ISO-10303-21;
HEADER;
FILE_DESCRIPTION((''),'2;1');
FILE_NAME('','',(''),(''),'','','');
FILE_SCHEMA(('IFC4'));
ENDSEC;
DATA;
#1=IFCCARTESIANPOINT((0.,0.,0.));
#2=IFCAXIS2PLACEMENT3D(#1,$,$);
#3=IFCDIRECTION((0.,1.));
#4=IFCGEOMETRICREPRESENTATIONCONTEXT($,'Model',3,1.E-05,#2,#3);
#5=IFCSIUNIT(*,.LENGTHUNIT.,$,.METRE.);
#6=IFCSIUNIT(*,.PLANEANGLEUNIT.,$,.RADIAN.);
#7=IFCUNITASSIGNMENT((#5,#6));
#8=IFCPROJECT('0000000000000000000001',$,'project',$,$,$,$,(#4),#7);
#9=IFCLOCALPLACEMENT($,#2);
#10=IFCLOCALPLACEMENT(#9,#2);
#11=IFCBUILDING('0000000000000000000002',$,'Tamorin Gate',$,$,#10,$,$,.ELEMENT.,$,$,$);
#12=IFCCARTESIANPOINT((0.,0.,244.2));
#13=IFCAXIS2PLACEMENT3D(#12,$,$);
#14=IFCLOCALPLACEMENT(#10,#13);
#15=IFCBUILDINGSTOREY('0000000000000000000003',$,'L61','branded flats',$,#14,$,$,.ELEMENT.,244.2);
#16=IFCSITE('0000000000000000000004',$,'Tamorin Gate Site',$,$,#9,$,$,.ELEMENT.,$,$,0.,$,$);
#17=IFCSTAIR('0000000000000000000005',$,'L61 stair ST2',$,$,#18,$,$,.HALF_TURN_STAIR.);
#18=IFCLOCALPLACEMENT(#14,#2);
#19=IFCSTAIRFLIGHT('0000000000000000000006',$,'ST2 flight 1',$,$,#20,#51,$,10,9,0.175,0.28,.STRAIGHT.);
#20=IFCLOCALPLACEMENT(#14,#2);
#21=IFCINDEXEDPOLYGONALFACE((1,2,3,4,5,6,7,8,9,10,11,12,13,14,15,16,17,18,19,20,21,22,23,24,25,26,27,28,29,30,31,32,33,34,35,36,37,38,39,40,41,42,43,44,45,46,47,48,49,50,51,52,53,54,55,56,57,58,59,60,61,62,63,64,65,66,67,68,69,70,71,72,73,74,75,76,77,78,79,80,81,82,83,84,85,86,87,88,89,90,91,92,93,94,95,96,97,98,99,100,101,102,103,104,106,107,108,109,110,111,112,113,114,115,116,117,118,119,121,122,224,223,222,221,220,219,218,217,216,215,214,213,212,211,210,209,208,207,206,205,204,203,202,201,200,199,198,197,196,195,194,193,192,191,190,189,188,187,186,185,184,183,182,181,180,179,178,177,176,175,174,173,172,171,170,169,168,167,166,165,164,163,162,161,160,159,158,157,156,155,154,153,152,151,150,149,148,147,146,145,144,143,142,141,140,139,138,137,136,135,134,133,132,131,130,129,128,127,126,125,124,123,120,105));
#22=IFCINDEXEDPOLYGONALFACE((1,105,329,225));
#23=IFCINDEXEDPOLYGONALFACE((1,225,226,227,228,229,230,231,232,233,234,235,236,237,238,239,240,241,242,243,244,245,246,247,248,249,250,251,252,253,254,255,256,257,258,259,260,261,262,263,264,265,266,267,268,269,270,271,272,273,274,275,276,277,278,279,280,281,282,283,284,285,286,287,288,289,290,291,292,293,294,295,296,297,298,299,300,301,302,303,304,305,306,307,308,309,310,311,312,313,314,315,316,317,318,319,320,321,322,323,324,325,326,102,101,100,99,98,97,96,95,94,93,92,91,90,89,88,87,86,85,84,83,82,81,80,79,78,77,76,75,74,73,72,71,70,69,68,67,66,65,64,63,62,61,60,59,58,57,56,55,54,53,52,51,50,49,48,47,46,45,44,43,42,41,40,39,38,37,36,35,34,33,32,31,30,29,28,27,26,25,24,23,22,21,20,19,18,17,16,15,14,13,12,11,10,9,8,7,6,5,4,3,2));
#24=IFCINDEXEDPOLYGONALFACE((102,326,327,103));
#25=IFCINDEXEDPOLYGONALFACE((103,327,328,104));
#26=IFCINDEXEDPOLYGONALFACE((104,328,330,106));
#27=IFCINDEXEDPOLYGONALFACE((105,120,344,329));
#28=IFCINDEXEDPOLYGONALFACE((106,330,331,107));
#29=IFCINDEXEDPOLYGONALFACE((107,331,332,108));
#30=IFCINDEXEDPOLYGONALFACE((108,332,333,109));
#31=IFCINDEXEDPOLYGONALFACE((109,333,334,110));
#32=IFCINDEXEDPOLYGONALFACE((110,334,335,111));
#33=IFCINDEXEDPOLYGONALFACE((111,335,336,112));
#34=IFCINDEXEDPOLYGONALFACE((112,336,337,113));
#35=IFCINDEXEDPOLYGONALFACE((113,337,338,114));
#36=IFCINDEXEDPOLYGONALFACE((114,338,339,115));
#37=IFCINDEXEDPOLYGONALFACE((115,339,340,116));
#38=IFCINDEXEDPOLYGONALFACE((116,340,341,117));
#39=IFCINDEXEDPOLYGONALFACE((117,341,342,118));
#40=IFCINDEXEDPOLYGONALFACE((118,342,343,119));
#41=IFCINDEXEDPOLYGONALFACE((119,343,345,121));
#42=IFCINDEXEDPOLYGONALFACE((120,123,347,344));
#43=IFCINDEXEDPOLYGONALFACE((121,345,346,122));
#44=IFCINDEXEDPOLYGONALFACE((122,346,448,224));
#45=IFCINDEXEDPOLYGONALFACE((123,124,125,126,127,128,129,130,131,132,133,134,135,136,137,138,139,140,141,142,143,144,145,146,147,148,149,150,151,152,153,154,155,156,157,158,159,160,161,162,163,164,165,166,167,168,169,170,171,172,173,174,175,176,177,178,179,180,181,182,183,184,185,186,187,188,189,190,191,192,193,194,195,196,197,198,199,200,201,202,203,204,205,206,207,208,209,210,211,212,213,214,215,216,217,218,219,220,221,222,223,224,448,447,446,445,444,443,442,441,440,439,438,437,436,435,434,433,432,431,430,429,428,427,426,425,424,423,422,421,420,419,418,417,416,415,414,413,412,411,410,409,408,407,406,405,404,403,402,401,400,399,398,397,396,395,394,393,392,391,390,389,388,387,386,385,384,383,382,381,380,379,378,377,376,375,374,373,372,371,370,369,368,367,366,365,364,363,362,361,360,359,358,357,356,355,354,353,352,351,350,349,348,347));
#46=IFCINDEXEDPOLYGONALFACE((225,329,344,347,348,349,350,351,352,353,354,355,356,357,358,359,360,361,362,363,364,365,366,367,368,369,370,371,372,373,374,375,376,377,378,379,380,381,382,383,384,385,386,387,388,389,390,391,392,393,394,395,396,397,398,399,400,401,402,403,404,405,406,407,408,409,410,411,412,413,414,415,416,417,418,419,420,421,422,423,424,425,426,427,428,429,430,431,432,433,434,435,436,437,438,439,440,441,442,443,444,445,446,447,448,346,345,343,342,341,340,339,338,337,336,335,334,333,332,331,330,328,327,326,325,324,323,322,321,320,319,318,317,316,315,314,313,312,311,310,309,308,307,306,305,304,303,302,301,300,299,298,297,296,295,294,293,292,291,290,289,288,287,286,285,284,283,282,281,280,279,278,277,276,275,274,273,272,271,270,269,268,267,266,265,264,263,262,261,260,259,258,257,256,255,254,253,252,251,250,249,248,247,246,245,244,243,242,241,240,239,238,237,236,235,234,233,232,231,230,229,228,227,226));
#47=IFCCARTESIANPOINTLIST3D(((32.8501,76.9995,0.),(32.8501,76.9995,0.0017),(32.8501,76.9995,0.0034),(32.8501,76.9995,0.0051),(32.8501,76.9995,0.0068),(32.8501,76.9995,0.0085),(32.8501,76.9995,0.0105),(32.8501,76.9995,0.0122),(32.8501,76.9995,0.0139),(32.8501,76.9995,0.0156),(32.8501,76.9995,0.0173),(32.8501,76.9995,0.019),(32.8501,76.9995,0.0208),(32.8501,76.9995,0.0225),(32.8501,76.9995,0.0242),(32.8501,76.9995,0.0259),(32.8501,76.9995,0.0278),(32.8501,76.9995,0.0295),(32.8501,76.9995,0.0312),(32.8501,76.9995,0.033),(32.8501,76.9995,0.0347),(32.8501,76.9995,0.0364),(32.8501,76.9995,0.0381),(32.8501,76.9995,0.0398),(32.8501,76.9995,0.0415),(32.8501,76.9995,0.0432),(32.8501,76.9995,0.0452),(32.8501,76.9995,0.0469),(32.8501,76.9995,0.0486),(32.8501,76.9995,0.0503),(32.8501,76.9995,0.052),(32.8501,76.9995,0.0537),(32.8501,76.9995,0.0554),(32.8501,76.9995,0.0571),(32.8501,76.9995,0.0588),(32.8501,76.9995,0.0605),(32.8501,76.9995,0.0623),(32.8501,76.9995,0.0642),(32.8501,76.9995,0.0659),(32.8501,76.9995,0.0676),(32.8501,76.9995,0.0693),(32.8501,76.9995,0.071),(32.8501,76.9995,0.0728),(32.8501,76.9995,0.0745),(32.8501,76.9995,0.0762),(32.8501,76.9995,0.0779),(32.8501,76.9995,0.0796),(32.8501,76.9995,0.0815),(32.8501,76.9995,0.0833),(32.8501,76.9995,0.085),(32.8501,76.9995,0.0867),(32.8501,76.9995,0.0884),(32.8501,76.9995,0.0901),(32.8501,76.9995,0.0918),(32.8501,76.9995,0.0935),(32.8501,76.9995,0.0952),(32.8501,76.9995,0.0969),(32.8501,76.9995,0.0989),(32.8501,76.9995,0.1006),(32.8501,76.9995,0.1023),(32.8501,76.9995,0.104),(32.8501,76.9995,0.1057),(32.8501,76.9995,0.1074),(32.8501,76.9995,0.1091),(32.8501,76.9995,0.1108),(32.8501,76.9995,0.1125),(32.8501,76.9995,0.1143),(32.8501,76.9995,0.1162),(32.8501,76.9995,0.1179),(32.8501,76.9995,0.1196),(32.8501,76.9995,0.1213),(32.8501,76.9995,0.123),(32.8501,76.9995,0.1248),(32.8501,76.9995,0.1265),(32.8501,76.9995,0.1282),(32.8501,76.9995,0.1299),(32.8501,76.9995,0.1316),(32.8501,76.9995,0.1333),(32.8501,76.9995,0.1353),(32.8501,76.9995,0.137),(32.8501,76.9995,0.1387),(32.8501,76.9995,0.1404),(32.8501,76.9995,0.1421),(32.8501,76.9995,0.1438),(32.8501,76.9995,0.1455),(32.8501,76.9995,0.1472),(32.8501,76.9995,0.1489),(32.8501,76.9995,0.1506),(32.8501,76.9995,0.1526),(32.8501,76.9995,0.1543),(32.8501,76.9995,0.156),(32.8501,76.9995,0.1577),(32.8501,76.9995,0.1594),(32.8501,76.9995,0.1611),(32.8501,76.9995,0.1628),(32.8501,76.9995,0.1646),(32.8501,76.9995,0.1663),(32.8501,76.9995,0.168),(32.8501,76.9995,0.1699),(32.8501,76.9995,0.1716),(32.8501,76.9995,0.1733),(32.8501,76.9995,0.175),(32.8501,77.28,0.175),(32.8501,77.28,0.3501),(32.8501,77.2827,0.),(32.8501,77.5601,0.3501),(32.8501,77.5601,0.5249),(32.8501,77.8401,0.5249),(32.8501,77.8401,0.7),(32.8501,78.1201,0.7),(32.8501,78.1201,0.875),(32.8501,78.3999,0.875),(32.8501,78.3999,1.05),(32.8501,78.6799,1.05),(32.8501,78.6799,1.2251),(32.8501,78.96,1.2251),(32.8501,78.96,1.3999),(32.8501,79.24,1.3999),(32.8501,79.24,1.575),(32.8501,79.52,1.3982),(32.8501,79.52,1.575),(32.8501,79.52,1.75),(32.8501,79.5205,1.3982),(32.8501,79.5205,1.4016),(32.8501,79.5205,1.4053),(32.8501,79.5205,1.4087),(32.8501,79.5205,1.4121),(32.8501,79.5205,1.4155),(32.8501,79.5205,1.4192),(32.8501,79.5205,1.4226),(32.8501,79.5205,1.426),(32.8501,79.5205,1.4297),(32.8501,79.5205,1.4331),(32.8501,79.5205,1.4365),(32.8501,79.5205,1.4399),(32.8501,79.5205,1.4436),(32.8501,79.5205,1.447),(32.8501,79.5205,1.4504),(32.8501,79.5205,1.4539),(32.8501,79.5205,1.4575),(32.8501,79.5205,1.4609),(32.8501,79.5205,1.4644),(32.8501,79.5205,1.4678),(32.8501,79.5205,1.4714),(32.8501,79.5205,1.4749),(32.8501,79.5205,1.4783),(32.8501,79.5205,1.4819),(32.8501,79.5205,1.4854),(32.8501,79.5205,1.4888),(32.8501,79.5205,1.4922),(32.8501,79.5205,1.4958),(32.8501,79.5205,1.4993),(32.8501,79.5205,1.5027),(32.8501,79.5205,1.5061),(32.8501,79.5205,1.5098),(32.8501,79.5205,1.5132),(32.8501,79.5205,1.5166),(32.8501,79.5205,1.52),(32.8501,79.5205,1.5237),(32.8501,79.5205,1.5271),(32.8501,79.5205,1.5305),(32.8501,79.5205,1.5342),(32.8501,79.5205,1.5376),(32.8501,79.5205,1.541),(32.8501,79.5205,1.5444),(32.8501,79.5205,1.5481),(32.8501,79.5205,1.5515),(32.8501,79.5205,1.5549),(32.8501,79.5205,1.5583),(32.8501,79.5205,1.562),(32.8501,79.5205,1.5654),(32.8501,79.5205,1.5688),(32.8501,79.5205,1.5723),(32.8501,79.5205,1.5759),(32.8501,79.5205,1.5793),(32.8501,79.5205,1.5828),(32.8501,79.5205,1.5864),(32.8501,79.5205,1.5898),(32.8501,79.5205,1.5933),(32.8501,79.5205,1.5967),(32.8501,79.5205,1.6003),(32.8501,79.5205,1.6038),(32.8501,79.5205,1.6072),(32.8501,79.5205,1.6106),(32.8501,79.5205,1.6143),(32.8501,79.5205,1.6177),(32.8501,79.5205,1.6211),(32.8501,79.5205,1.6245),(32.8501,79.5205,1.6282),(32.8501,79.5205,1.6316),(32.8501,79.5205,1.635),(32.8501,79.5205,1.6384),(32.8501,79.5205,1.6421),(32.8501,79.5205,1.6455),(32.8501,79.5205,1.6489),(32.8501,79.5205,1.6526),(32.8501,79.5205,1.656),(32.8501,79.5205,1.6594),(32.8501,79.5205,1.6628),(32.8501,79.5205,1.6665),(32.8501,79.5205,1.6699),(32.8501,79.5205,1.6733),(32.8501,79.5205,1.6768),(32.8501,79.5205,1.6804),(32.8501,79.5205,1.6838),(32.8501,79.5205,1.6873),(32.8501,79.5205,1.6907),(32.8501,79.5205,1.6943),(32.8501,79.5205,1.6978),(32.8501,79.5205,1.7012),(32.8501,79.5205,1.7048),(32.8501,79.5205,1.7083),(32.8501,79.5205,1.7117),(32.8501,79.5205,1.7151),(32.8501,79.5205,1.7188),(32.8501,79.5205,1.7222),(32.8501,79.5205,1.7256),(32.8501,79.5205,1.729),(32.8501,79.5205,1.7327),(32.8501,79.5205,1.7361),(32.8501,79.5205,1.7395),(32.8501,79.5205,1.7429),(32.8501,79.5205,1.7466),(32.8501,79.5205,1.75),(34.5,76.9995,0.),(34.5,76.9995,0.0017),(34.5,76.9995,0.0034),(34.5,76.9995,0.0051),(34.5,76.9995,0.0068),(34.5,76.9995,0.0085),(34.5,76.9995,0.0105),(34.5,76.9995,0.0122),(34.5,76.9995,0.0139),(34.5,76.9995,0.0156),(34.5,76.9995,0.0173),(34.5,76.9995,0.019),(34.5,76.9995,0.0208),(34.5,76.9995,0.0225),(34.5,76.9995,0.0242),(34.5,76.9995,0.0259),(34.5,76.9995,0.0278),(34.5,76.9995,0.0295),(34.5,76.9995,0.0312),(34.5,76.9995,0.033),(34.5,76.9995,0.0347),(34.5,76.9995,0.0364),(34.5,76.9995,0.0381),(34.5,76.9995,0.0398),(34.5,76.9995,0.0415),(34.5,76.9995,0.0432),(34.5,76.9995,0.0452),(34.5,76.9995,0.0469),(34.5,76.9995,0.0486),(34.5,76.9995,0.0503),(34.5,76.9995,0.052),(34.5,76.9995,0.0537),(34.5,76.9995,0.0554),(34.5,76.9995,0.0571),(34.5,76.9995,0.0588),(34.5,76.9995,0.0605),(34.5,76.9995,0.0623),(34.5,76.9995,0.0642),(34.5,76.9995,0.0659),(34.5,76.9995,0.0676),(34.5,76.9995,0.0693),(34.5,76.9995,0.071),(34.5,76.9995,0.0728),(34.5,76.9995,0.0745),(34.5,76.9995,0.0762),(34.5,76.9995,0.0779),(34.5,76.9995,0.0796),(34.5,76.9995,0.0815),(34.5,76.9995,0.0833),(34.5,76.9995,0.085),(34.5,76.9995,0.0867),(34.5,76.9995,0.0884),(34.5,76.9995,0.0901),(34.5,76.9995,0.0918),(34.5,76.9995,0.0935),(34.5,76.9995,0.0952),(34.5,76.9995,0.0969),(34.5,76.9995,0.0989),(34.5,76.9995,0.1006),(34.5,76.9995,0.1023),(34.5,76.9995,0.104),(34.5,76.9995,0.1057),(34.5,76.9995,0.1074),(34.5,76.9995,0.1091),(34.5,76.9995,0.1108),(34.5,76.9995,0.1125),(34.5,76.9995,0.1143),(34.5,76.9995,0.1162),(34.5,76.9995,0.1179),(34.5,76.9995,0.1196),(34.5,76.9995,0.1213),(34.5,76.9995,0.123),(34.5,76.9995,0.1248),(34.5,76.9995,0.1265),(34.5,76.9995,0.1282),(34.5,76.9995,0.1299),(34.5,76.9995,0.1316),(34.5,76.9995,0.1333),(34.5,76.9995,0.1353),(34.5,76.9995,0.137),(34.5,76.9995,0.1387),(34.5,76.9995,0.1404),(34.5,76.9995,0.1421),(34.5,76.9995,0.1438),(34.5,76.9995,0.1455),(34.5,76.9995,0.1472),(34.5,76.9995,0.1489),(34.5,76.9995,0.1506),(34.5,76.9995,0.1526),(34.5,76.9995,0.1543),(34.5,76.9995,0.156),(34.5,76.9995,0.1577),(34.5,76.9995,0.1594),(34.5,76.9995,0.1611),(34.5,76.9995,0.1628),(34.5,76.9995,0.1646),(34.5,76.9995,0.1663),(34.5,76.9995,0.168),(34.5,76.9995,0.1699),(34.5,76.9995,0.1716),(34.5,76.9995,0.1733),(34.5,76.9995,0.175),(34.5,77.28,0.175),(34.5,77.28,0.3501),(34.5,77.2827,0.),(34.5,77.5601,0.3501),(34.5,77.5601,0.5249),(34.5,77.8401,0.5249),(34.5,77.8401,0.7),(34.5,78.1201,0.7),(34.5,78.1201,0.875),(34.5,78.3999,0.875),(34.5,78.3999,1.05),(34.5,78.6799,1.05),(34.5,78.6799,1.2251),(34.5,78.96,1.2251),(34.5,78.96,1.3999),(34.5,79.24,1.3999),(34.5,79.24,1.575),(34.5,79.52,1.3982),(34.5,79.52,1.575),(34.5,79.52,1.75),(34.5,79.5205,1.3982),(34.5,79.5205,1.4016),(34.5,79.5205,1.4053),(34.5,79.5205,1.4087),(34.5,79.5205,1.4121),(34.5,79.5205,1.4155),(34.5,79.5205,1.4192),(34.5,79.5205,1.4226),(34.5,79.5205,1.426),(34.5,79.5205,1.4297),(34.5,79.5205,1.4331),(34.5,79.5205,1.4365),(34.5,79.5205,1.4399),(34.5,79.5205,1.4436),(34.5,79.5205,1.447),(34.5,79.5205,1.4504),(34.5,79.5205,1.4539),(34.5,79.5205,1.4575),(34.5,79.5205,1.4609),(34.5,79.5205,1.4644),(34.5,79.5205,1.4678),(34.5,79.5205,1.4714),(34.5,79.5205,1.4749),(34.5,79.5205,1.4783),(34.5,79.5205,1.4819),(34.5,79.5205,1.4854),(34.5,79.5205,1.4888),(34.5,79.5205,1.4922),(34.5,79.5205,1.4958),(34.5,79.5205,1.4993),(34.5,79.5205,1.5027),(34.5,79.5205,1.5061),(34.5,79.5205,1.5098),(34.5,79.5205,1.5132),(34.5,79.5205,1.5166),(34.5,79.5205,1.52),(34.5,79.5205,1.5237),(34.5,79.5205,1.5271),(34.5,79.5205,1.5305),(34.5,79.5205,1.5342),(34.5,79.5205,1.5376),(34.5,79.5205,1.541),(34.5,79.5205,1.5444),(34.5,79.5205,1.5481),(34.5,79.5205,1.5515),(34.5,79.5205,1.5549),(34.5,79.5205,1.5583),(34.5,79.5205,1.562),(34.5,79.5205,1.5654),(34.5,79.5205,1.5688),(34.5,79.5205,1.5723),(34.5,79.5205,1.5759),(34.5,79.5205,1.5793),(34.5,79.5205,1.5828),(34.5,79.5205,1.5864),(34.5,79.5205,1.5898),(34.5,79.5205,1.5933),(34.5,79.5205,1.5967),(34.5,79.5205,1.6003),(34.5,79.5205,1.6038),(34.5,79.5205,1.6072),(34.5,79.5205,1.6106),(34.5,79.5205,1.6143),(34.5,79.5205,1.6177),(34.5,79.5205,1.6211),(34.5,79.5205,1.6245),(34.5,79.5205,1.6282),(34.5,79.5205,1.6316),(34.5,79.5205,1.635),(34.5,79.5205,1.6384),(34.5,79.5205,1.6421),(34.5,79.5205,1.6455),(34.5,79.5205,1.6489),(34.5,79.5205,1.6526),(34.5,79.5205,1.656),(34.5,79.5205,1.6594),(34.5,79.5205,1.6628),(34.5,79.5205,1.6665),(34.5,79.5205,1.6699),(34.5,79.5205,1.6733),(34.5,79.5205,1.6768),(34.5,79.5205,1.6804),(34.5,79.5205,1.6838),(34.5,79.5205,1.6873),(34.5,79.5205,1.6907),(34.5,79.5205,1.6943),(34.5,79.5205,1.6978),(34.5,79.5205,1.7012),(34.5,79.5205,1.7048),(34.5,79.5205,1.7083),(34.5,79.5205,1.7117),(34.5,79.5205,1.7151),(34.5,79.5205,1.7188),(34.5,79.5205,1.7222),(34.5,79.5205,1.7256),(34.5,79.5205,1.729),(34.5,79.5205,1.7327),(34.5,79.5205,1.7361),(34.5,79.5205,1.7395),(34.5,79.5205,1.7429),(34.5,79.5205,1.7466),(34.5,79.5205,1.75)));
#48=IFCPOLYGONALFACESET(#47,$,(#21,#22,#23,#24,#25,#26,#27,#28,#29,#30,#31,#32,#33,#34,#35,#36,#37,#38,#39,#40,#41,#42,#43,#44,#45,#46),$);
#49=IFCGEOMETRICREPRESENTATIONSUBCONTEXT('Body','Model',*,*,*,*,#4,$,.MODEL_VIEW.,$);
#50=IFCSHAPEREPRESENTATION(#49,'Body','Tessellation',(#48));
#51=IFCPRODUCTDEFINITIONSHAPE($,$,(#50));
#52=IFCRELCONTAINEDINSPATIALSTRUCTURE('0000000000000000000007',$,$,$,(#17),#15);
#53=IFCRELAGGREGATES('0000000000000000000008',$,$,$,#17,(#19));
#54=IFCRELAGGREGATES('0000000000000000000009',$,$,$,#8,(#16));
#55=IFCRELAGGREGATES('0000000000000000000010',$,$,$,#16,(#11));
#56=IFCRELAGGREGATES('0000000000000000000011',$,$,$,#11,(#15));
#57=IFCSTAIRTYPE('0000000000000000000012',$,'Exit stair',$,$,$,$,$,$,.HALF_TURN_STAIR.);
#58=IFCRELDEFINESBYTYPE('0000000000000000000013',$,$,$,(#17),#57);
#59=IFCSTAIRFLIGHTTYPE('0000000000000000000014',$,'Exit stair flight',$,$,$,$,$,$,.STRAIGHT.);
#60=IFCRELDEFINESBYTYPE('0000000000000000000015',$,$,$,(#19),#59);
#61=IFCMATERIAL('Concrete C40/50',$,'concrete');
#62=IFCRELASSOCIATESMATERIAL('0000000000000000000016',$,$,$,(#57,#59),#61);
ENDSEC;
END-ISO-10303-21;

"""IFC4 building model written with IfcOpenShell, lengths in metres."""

from ifc_helpers import new_model, si_unit, direction, frame, origin, place, context, subcontext, project, spatial, polyline, outline, extrude, material, type_object, element, aggregate, save


model = new_model("IFC4")

# Units and contexts
model_context = context("Model", 3, precision=1e-05, world=origin(), true_north=direction((0.0, 1.0)))
body_context = subcontext(model_context, "Body", "Model", "MODEL_VIEW")
ifc_project = project(units=[si_unit("LENGTHUNIT", "METRE"), si_unit("PLANEANGLEUNIT", "RADIAN")], contexts=[model_context])

# Site, building, storey
site_placement = place(None, origin())
site = spatial("IfcSite", under=ifc_project, at=site_placement, Name="Tamorin Gate Site", CompositionType="ELEMENT", RefElevation=0.0)
building_placement = place(site_placement, origin())
building = spatial("IfcBuilding", under=site, at=building_placement, Name="Tamorin Gate", CompositionType="ELEMENT")
storey_placement = place(building_placement, frame((0.0, 0.0, 244.2)))
storey = spatial("IfcBuildingStorey", under=building, at=storey_placement, Name="L61", Description="branded flats", CompositionType="ELEMENT", Elevation=244.2)

# Shared definitions
ifc_material_1 = material(Name="Concrete C40/50", Category="concrete")

# Shared definitions
stair_type = type_object("IfcStairType", Name="Exit stair", PredefinedType="HALF_TURN_STAIR", material=ifc_material_1)
stair_flight_type = type_object("IfcStairFlightType", Name="Exit stair flight", PredefinedType="STRAIGHT", material=ifc_material_1)

# Stair, stair flight
stair_1_placement = place(storey_placement, origin())
stair_1 = element("IfcStair", 1, at=stair_1_placement, inside=storey, type_object=stair_type, Name="L61 stair ST2", PredefinedType="HALF_TURN_STAIR")
stair_flight_1_placement = place(storey_placement, frame((33.675, 77.0, 0.0), z_axis=(0.0, 0.0, 1.0), x_axis=(0.0, 1.0, 0.0)))
stair_flight_1 = element("IfcStairFlight", 2, at=stair_flight_1_placement, type_object=stair_flight_type, Name="ST2 flight 1", NumberOfRisers=10, NumberOfTreads=9, PredefinedType="STRAIGHT", RiserHeight=0.175, TreadLength=0.28, context=body_context, shape_type="SweptSolid", body=[
    extrude(outline(polyline([(-0.0005, 0.0), (-0.0005, 0.0017), (-0.0005, 0.0034), (-0.0005, 0.0051), (-0.0005, 0.0068), (-0.0005, 0.0085), (-0.0005, 0.0105), (-0.0005, 0.0122), (-0.0005, 0.0139), (-0.0005, 0.0156), (-0.0005, 0.0173), (-0.0005, 0.019), (-0.0005, 0.0208), (-0.0005, 0.0225), (-0.0005, 0.0242), (-0.0005, 0.0259), (-0.0005, 0.0278), (-0.0005, 0.0295), (-0.0005, 0.0312), (-0.0005, 0.033), (-0.0005, 0.0347), (-0.0005, 0.0364), (-0.0005, 0.0381), (-0.0005, 0.0398), (-0.0005, 0.0415), (-0.0005, 0.0432), (-0.0005, 0.0452), (-0.0005, 0.0469), (-0.0005, 0.0486), (-0.0005, 0.0503), (-0.0005, 0.052), (-0.0005, 0.0537), (-0.0005, 0.0554), (-0.0005, 0.0571), (-0.0005, 0.0588), (-0.0005, 0.0605), (-0.0005, 0.0623), (-0.0005, 0.0642), (-0.0005, 0.0659), (-0.0005, 0.0676), (-0.0005, 0.0693), (-0.0005, 0.071), (-0.0005, 0.0728), (-0.0005, 0.0745), (-0.0005, 0.0762), (-0.0005, 0.0779), (-0.0005, 0.0796), (-0.0005, 0.0815), (-0.0005, 0.0833), (-0.0005, 0.085), (-0.0005, 0.0867), (-0.0005, 0.0884), (-0.0005, 0.0901), (-0.0005, 0.0918), (-0.0005, 0.0935), (-0.0005, 0.0952), (-0.0005, 0.0969), (-0.0005, 0.0989), (-0.0005, 0.1006), (-0.0005, 0.1023), (-0.0005, 0.104), (-0.0005, 0.1057), (-0.0005, 0.1074), (-0.0005, 0.1091), (-0.0005, 0.1108), (-0.0005, 0.1125), (-0.0005, 0.1143), (-0.0005, 0.1162), (-0.0005, 0.1179), (-0.0005, 0.1196), (-0.0005, 0.1213), (-0.0005, 0.123), (-0.0005, 0.1248), (-0.0005, 0.1265), (-0.0005, 0.1282), (-0.0005, 0.1299), (-0.0005, 0.1316), (-0.0005, 0.1333), (-0.0005, 0.1353), (-0.0005, 0.137), (-0.0005, 0.1387), (-0.0005, 0.1404), (-0.0005, 0.1421), (-0.0005, 0.1438), (-0.0005, 0.1455), (-0.0005, 0.1472), (-0.0005, 0.1489), (-0.0005, 0.1506), (-0.0005, 0.1526), (-0.0005, 0.1543), (-0.0005, 0.156), (-0.0005, 0.1577), (-0.0005, 0.1594), (-0.0005, 0.1611), (-0.0005, 0.1628), (-0.0005, 0.1646), (-0.0005, 0.1663), (-0.0005, 0.168), (-0.0005, 0.1699), (-0.0005, 0.1716), (-0.0005, 0.1733), (-0.0005, 0.175), (0.28, 0.175), (0.28, 0.3501), (0.5601, 0.3501), (0.5601, 0.5249), (0.8401, 0.5249), (0.8401, 0.7), (1.1201, 0.7), (1.1201, 0.875), (1.3999, 0.875), (1.3999, 1.05), (1.6799, 1.05), (1.6799, 1.2251), (1.96, 1.2251), (1.96, 1.3999), (2.24, 1.3999), (2.24, 1.575), (2.52, 1.575), (2.52, 1.75), (2.5205, 1.75), (2.5205, 1.7466), (2.5205, 1.7429), (2.5205, 1.7395), (2.5205, 1.7361), (2.5205, 1.7327), (2.5205, 1.729), (2.5205, 1.7256), (2.5205, 1.7222), (2.5205, 1.7188), (2.5205, 1.7151), (2.5205, 1.7117), (2.5205, 1.7083), (2.5205, 1.7048), (2.5205, 1.7012), (2.5205, 1.6978), (2.5205, 1.6943), (2.5205, 1.6907), (2.5205, 1.6873), (2.5205, 1.6838), (2.5205, 1.6804), (2.5205, 1.6768), (2.5205, 1.6733), (2.5205, 1.6699), (2.5205, 1.6665), (2.5205, 1.6628), (2.5205, 1.6594), (2.5205, 1.656), (2.5205, 1.6526), (2.5205, 1.6489), (2.5205, 1.6455), (2.5205, 1.6421), (2.5205, 1.6384), (2.5205, 1.635), (2.5205, 1.6316), (2.5205, 1.6282), (2.5205, 1.6245), (2.5205, 1.6211), (2.5205, 1.6177), (2.5205, 1.6143), (2.5205, 1.6106), (2.5205, 1.6072), (2.5205, 1.6038), (2.5205, 1.6003), (2.5205, 1.5967), (2.5205, 1.5933), (2.5205, 1.5898), (2.5205, 1.5864), (2.5205, 1.5828), (2.5205, 1.5793), (2.5205, 1.5759), (2.5205, 1.5723), (2.5205, 1.5688), (2.5205, 1.5654), (2.5205, 1.562), (2.5205, 1.5583), (2.5205, 1.5549), (2.5205, 1.5515), (2.5205, 1.5481), (2.5205, 1.5444), (2.5205, 1.541), (2.5205, 1.5376), (2.5205, 1.5342), (2.5205, 1.5305), (2.5205, 1.5271), (2.5205, 1.5237), (2.5205, 1.52), (2.5205, 1.5166), (2.5205, 1.5132), (2.5205, 1.5098), (2.5205, 1.5061), (2.5205, 1.5027), (2.5205, 1.4993), (2.5205, 1.4958), (2.5205, 1.4922), (2.5205, 1.4888), (2.5205, 1.4854), (2.5205, 1.4819), (2.5205, 1.4783), (2.5205, 1.4749), (2.5205, 1.4714), (2.5205, 1.4678), (2.5205, 1.4644), (2.5205, 1.4609), (2.5205, 1.4575), (2.5205, 1.4539), (2.5205, 1.4504), (2.5205, 1.447), (2.5205, 1.4436), (2.5205, 1.4399), (2.5205, 1.4365), (2.5205, 1.4331), (2.5205, 1.4297), (2.5205, 1.426), (2.5205, 1.4226), (2.5205, 1.4192), (2.5205, 1.4155), (2.5205, 1.4121), (2.5205, 1.4087), (2.5205, 1.4053), (2.5205, 1.4016), (2.5205, 1.3982), (2.52, 1.3982), (0.2827, 0.0), (-0.0005, 0.0)])), frame((0.0, 0.825, 0.0), z_axis=(0.0, -1.0, 0.0), x_axis=(1.0, 0.0, 0.0)), (0.0, 0.0, 1.0), 1.6499),
])
aggregate(stair_1, [stair_flight_1])

save(model, "model.ifc")
